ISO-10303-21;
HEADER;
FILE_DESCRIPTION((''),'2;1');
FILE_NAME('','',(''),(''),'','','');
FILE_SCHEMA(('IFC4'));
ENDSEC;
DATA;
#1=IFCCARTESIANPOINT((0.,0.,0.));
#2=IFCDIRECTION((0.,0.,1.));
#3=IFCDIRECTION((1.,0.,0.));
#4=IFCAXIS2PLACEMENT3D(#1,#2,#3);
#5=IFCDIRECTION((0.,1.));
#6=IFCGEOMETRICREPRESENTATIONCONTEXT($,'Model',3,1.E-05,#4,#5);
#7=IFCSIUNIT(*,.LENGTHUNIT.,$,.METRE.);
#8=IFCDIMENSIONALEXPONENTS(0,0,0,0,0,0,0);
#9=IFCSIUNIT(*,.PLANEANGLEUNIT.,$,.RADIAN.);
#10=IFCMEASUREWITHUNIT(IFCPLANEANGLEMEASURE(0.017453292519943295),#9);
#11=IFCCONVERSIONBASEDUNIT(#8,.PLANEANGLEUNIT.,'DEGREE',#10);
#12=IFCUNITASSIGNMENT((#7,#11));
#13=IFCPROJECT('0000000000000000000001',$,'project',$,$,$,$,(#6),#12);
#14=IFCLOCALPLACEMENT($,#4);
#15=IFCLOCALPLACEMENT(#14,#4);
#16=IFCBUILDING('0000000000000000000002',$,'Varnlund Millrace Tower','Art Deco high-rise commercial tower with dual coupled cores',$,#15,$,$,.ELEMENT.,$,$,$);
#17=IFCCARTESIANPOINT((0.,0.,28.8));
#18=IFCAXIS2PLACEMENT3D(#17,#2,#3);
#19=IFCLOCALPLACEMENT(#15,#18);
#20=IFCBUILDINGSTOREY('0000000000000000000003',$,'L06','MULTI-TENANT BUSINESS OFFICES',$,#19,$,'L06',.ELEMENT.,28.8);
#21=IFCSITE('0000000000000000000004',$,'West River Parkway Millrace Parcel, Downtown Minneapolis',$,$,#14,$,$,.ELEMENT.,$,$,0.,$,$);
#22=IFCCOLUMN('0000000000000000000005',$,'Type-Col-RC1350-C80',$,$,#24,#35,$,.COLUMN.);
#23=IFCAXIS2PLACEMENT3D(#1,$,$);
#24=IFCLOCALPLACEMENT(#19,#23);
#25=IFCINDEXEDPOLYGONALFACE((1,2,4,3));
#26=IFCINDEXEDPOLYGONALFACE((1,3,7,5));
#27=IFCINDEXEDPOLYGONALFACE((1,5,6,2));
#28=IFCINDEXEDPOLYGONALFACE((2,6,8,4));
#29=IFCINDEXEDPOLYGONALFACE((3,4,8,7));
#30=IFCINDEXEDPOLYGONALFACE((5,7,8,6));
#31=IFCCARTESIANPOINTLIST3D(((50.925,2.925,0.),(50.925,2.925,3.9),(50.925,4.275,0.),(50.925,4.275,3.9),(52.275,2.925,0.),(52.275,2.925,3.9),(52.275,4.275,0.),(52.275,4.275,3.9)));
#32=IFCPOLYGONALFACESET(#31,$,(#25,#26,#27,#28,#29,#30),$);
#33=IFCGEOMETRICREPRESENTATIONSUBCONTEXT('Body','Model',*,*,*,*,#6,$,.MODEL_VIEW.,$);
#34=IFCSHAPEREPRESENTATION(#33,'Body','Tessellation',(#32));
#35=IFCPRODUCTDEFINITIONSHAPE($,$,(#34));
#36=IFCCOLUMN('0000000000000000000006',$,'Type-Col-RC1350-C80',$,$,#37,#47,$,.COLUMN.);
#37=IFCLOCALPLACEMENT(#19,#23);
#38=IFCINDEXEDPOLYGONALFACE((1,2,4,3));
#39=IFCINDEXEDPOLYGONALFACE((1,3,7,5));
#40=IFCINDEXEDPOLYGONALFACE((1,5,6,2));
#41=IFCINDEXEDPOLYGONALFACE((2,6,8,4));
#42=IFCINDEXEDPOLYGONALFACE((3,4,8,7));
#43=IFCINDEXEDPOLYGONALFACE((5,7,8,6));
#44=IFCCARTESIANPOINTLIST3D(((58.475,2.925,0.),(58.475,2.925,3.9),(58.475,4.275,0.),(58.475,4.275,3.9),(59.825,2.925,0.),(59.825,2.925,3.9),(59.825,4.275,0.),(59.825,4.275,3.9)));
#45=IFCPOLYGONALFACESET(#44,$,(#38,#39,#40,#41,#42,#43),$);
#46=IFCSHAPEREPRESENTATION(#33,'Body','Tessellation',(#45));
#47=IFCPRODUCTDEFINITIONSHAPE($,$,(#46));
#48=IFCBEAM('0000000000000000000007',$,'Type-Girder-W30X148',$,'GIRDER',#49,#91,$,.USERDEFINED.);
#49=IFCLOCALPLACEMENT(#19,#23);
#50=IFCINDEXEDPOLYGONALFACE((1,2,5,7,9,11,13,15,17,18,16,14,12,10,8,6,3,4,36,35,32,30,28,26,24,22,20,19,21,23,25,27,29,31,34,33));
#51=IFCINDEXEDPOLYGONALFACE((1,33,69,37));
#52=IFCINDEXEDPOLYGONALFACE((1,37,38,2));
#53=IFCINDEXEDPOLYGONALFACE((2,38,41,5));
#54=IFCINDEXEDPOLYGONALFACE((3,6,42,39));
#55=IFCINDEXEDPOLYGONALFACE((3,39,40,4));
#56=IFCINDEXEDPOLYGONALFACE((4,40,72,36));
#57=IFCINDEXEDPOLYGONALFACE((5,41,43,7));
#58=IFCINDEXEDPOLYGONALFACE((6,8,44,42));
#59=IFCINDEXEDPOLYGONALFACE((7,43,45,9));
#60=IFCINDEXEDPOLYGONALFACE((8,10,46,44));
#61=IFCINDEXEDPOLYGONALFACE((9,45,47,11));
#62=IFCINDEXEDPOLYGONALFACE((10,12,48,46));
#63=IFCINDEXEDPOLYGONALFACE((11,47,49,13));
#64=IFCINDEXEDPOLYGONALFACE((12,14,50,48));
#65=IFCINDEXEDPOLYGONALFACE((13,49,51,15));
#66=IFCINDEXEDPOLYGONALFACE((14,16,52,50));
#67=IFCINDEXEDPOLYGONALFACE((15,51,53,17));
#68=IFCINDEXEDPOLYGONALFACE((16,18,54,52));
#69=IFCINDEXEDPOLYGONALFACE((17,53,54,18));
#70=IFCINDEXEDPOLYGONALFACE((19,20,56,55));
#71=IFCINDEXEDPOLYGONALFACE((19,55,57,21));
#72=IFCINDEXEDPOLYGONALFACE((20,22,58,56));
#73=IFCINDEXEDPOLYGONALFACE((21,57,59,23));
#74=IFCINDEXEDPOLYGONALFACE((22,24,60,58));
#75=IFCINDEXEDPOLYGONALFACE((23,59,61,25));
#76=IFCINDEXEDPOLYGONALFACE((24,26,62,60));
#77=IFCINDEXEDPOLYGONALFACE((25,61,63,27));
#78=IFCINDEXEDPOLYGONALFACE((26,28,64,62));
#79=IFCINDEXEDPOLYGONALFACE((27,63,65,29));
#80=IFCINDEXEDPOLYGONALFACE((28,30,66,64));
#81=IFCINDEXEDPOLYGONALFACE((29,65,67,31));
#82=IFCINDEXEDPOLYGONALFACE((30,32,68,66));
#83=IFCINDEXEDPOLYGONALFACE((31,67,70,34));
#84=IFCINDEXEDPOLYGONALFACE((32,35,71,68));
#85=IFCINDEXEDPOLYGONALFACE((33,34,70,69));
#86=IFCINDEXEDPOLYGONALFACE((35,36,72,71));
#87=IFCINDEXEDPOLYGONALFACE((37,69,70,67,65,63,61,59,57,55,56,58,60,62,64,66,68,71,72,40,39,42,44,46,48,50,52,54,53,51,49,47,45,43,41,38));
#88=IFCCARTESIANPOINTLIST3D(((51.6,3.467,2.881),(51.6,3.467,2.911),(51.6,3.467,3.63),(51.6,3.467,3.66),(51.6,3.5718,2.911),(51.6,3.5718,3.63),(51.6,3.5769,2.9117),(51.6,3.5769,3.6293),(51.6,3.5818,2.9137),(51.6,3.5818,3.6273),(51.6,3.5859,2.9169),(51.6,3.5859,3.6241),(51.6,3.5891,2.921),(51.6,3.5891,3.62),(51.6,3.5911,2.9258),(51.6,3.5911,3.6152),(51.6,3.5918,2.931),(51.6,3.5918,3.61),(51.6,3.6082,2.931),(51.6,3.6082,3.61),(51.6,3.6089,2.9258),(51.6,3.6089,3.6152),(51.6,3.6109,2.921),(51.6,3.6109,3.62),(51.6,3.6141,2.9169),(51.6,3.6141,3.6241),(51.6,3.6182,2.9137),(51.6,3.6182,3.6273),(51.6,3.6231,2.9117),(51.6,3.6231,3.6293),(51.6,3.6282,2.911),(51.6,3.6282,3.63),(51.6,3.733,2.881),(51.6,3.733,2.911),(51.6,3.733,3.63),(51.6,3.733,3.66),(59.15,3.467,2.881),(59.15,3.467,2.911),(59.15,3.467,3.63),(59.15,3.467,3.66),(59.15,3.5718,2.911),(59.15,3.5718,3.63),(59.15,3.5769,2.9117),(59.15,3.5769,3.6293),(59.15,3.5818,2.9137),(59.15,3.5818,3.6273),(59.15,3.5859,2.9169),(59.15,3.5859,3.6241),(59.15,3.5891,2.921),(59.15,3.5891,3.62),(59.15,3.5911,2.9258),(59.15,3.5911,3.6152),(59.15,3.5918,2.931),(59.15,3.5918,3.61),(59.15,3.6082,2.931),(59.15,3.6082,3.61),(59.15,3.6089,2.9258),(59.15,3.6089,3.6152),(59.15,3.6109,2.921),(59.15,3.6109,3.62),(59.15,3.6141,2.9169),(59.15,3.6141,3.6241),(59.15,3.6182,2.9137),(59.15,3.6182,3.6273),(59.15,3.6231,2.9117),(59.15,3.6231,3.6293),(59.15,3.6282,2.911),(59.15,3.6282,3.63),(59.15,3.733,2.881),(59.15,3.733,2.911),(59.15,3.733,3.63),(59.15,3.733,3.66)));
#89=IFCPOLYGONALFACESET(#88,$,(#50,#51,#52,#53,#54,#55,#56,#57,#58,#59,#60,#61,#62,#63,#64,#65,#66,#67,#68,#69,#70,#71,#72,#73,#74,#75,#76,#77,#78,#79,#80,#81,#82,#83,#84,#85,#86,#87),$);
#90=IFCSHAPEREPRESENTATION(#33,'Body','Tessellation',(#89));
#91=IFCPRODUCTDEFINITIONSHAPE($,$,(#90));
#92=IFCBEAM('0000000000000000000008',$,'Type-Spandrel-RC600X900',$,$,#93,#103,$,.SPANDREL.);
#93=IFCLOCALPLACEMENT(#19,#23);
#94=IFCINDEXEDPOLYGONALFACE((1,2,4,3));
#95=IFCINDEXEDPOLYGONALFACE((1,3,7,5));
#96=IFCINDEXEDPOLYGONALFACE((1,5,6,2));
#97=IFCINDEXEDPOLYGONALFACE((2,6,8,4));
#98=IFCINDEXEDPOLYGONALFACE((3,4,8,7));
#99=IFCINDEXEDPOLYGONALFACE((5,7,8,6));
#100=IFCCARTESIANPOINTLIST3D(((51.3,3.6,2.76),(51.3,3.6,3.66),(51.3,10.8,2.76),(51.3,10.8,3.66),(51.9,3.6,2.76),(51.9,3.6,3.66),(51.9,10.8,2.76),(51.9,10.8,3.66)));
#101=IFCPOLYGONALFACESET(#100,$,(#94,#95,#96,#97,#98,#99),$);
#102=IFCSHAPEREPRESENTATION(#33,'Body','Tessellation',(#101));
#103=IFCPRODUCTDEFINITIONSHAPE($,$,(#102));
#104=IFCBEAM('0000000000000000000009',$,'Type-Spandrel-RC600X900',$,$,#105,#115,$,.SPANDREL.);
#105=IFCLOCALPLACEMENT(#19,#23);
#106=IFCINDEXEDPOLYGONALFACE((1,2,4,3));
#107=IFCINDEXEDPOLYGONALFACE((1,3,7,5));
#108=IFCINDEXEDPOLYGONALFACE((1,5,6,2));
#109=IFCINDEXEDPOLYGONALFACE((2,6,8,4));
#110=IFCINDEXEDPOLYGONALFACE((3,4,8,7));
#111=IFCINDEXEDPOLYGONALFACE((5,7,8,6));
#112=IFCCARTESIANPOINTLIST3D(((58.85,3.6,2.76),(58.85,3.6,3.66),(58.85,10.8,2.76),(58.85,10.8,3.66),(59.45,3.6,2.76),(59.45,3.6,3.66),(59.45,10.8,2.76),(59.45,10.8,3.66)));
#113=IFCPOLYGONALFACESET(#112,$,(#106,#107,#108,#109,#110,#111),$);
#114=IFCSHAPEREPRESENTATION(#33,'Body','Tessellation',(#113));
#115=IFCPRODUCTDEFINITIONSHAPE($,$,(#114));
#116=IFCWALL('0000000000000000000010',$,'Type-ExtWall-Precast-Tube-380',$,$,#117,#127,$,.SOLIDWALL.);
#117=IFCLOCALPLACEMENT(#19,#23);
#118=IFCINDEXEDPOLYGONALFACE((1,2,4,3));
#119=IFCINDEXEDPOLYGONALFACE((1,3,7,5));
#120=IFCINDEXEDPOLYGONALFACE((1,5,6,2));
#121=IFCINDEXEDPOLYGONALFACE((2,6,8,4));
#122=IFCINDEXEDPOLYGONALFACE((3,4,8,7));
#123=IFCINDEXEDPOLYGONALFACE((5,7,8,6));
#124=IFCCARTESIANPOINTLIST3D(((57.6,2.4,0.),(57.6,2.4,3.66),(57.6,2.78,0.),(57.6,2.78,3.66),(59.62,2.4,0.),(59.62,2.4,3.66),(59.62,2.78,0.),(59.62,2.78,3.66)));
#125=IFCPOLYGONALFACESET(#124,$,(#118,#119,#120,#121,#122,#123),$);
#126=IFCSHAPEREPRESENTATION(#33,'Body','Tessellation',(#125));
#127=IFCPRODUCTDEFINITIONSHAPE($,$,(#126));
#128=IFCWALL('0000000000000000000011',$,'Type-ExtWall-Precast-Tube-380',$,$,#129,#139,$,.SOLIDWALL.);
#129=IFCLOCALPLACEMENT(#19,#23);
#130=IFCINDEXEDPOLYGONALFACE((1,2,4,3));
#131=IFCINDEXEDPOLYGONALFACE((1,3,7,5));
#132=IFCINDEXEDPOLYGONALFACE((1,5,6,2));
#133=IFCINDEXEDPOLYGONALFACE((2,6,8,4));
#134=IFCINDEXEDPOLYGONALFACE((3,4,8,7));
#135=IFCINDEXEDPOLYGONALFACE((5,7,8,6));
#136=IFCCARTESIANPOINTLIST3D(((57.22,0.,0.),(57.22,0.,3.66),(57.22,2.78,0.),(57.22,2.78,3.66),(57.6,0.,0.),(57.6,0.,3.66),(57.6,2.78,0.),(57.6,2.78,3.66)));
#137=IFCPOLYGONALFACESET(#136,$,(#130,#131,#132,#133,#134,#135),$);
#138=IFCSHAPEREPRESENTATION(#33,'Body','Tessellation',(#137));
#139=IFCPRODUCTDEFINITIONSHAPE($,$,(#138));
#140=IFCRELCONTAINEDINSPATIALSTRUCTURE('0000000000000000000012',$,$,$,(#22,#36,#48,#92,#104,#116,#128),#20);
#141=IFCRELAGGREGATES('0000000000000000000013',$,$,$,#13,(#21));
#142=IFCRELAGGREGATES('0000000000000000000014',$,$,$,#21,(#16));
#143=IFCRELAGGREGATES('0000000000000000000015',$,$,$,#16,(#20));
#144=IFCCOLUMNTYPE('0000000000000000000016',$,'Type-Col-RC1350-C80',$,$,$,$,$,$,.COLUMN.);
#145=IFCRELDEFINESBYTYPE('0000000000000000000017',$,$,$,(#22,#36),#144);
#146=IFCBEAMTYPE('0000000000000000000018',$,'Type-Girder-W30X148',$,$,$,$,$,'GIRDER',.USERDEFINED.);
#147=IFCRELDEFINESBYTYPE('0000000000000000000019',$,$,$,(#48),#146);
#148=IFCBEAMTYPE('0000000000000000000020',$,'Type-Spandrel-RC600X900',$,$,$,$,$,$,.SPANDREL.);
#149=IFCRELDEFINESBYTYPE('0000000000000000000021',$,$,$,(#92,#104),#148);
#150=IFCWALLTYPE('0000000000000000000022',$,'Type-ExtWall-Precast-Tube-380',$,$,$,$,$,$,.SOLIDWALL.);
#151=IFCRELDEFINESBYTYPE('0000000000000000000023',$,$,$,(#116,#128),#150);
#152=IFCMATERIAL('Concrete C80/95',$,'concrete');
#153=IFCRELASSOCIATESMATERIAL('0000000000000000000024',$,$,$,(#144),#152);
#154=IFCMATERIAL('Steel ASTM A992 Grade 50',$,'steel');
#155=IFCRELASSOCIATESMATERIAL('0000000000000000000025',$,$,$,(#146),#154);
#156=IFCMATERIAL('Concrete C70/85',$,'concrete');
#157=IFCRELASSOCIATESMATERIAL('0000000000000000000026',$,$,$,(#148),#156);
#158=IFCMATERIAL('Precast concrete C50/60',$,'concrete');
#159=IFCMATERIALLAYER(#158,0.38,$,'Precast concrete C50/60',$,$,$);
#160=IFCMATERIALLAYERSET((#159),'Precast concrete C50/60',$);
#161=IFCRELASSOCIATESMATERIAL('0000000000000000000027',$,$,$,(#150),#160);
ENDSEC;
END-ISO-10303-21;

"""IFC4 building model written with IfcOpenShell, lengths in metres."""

from ifc_helpers import new_model, entity, si_unit, converted_unit, direction, frame, origin_with_axes, origin_2d_with_axis, place, context, subcontext, project, spatial, polyline, rectangle, i_section, outline, extrude, material, layer, layer_set, material_profile, profile_set, type_object, element, save


model = new_model("IFC4")

# Units and contexts
model_context = context("Model", 3, precision=1e-05, world=origin_with_axes(), true_north=direction((0.0, 1.0)))
body_context = subcontext(model_context, "Body", "Model", "MODEL_VIEW")
ifc_project = project(units=[si_unit("LENGTHUNIT", "METRE"), converted_unit("PLANEANGLEUNIT", "DEGREE", entity("IfcPlaneAngleMeasure", 0.017453292519943295), si_unit("PLANEANGLEUNIT", "RADIAN"), dimensions=[0, 0, 0, 0, 0, 0, 0])], contexts=[model_context])

# Site, building, storey
site_placement = place(None, origin_with_axes())
site = spatial("IfcSite", under=ifc_project, at=site_placement, Name="West River Parkway Millrace Parcel, Downtown Minneapolis", CompositionType="ELEMENT", RefElevation=0.0)
building_placement = place(site_placement, origin_with_axes())
building = spatial("IfcBuilding", under=site, at=building_placement, Name="Varnlund Millrace Tower", Description="Art Deco high-rise commercial tower with dual coupled cores", CompositionType="ELEMENT")
storey_placement = place(building_placement, frame((0.0, 0.0, 28.8), z_axis=(0.0, 0.0, 1.0), x_axis=(1.0, 0.0, 0.0)))
storey = spatial("IfcBuildingStorey", under=building, at=storey_placement, Name="L06", Description="MULTI-TENANT BUSINESS OFFICES", LongName="L06", CompositionType="ELEMENT", Elevation=28.8)

# Columns
ifc_material_1 = material(Name="Concrete C80/95", Category="concrete")
ifc_material_profile_1 = material_profile(ifc_material_1, rectangle(XDim=1.35, YDim=1.35, at=origin_2d_with_axis()), Name="Concrete C80/95")
ifc_profile_set_1 = profile_set([ifc_material_profile_1], Name="Concrete C80/95")
column_type = type_object("IfcColumnType", Name="Type-Col-RC1350-C80", PredefinedType="COLUMN", material=ifc_profile_set_1)
for number, where, z_axis, x_axis, name in (
    (1, (51.6, 3.6, 0.0), (0.0, 0.0, 1.0), (1.0, 0.0, 0.0), "Type-Col-RC1350-C80"),
    (2, (59.15, 3.6, 0.0), (0.0, 0.0, 1.0), (1.0, 0.0, 0.0), "Type-Col-RC1350-C80"),
):
    element("IfcColumn", number, at=place(storey_placement, frame(where, z_axis=z_axis, x_axis=x_axis)), inside=storey, type_object=column_type, Name=name, PredefinedType="COLUMN", context=body_context, shape_type="SweptSolid", body=[
        extrude(rectangle(XDim=1.35, YDim=1.35, at=origin_2d_with_axis()), origin_with_axes(), (0.0, 0.0, 1.0), 3.9),
    ])

# Beams
ifc_material_2 = material(Name="Steel ASTM A992 Grade 50", Category="steel")
ifc_material_profile_2 = material_profile(ifc_material_2, i_section(OverallWidth=0.266, OverallDepth=0.779, WebThickness=0.0165, FlangeThickness=0.03, FilletRadius=0.02, at=origin_2d_with_axis()), Name="Steel ASTM A992 Grade 50")
ifc_profile_set_2 = profile_set([ifc_material_profile_2], Name="Steel ASTM A992 Grade 50")
beam_type_1 = type_object("IfcBeamType", Name="Type-Girder-W30X148", ElementType="GIRDER", PredefinedType="USERDEFINED", material=ifc_profile_set_2)
beam_placement = place(storey_placement, frame((51.6, 3.6, 3.2705), z_axis=(1.0, 0.0, 0.0), x_axis=(0.0, 1.0, 0.0)))
element("IfcBeam", 3, at=beam_placement, inside=storey, type_object=beam_type_1, Name="Type-Girder-W30X148", ObjectType="GIRDER", PredefinedType="USERDEFINED", context=body_context, shape_type="SweptSolid", body=[
    extrude(i_section(OverallWidth=0.266, OverallDepth=0.779, WebThickness=0.0165, FlangeThickness=0.03, FilletRadius=0.02, at=origin_2d_with_axis()), origin_with_axes(), (0.0, 0.0, 1.0), 7.55),
])
ifc_material_3 = material(Name="Concrete C70/85", Category="concrete")
ifc_material_profile_3 = material_profile(ifc_material_3, rectangle(XDim=0.6, YDim=0.9, at=origin_2d_with_axis()), Name="Concrete C70/85")
ifc_profile_set_3 = profile_set([ifc_material_profile_3], Name="Concrete C70/85")
beam_type_2 = type_object("IfcBeamType", Name="Type-Spandrel-RC600X900", PredefinedType="SPANDREL", material=ifc_profile_set_3)
for number, where, z_axis, x_axis, name in (
    (4, (51.6, 3.6, 3.21), (0.0, 1.0, 0.0), (-1.0, 0.0, 0.0), "Type-Spandrel-RC600X900"),
    (5, (59.15, 3.6, 3.21), (0.0, 1.0, 0.0), (-1.0, 0.0, 0.0), "Type-Spandrel-RC600X900"),
):
    element("IfcBeam", number, at=place(storey_placement, frame(where, z_axis=z_axis, x_axis=x_axis)), inside=storey, type_object=beam_type_2, Name=name, PredefinedType="SPANDREL", context=body_context, shape_type="SweptSolid", body=[
        extrude(rectangle(XDim=0.6, YDim=0.9, at=origin_2d_with_axis()), origin_with_axes(), (0.0, 0.0, 1.0), 7.2),
    ])

# Walls
ifc_material_4 = material(Name="Precast concrete C50/60", Category="concrete")
ifc_layer = layer(ifc_material_4, 0.38, Name="Precast concrete C50/60")
ifc_layer_set = layer_set([ifc_layer], Name="Precast concrete C50/60")
wall_type = type_object("IfcWallType", Name="Type-ExtWall-Precast-Tube-380", PredefinedType="SOLIDWALL", material=ifc_layer_set)
wall_1_placement = place(storey_placement, frame((59.62, 2.59, 0.0), z_axis=(0.0, 0.0, 1.0), x_axis=(-1.0, 0.0, 0.0)))
element("IfcWall", 6, at=wall_1_placement, inside=storey, type_object=wall_type, Name="Type-ExtWall-Precast-Tube-380", PredefinedType="SOLIDWALL", context=body_context, shape_type="SweptSolid", body=[
    extrude(outline(polyline([(0.0, -0.19), (2.02, -0.19), (2.02, 0.19), (0.0, 0.19), (0.0, -0.19)])), origin_with_axes(), (0.0, 0.0, 1.0), 3.66),
])
wall_2_placement = place(storey_placement, frame((57.41, 2.78, 0.0), z_axis=(0.0, 0.0, 1.0), x_axis=(0.0, -1.0, 0.0)))
element("IfcWall", 7, at=wall_2_placement, inside=storey, type_object=wall_type, Name="Type-ExtWall-Precast-Tube-380", PredefinedType="SOLIDWALL", context=body_context, shape_type="SweptSolid", body=[
    extrude(outline(polyline([(0.0, -0.19), (2.78, -0.19), (2.78, 0.19), (0.0, 0.19), (0.0, -0.19)])), origin_with_axes(), (0.0, 0.0, 1.0), 3.66),
])

save(model, "model.ifc")
